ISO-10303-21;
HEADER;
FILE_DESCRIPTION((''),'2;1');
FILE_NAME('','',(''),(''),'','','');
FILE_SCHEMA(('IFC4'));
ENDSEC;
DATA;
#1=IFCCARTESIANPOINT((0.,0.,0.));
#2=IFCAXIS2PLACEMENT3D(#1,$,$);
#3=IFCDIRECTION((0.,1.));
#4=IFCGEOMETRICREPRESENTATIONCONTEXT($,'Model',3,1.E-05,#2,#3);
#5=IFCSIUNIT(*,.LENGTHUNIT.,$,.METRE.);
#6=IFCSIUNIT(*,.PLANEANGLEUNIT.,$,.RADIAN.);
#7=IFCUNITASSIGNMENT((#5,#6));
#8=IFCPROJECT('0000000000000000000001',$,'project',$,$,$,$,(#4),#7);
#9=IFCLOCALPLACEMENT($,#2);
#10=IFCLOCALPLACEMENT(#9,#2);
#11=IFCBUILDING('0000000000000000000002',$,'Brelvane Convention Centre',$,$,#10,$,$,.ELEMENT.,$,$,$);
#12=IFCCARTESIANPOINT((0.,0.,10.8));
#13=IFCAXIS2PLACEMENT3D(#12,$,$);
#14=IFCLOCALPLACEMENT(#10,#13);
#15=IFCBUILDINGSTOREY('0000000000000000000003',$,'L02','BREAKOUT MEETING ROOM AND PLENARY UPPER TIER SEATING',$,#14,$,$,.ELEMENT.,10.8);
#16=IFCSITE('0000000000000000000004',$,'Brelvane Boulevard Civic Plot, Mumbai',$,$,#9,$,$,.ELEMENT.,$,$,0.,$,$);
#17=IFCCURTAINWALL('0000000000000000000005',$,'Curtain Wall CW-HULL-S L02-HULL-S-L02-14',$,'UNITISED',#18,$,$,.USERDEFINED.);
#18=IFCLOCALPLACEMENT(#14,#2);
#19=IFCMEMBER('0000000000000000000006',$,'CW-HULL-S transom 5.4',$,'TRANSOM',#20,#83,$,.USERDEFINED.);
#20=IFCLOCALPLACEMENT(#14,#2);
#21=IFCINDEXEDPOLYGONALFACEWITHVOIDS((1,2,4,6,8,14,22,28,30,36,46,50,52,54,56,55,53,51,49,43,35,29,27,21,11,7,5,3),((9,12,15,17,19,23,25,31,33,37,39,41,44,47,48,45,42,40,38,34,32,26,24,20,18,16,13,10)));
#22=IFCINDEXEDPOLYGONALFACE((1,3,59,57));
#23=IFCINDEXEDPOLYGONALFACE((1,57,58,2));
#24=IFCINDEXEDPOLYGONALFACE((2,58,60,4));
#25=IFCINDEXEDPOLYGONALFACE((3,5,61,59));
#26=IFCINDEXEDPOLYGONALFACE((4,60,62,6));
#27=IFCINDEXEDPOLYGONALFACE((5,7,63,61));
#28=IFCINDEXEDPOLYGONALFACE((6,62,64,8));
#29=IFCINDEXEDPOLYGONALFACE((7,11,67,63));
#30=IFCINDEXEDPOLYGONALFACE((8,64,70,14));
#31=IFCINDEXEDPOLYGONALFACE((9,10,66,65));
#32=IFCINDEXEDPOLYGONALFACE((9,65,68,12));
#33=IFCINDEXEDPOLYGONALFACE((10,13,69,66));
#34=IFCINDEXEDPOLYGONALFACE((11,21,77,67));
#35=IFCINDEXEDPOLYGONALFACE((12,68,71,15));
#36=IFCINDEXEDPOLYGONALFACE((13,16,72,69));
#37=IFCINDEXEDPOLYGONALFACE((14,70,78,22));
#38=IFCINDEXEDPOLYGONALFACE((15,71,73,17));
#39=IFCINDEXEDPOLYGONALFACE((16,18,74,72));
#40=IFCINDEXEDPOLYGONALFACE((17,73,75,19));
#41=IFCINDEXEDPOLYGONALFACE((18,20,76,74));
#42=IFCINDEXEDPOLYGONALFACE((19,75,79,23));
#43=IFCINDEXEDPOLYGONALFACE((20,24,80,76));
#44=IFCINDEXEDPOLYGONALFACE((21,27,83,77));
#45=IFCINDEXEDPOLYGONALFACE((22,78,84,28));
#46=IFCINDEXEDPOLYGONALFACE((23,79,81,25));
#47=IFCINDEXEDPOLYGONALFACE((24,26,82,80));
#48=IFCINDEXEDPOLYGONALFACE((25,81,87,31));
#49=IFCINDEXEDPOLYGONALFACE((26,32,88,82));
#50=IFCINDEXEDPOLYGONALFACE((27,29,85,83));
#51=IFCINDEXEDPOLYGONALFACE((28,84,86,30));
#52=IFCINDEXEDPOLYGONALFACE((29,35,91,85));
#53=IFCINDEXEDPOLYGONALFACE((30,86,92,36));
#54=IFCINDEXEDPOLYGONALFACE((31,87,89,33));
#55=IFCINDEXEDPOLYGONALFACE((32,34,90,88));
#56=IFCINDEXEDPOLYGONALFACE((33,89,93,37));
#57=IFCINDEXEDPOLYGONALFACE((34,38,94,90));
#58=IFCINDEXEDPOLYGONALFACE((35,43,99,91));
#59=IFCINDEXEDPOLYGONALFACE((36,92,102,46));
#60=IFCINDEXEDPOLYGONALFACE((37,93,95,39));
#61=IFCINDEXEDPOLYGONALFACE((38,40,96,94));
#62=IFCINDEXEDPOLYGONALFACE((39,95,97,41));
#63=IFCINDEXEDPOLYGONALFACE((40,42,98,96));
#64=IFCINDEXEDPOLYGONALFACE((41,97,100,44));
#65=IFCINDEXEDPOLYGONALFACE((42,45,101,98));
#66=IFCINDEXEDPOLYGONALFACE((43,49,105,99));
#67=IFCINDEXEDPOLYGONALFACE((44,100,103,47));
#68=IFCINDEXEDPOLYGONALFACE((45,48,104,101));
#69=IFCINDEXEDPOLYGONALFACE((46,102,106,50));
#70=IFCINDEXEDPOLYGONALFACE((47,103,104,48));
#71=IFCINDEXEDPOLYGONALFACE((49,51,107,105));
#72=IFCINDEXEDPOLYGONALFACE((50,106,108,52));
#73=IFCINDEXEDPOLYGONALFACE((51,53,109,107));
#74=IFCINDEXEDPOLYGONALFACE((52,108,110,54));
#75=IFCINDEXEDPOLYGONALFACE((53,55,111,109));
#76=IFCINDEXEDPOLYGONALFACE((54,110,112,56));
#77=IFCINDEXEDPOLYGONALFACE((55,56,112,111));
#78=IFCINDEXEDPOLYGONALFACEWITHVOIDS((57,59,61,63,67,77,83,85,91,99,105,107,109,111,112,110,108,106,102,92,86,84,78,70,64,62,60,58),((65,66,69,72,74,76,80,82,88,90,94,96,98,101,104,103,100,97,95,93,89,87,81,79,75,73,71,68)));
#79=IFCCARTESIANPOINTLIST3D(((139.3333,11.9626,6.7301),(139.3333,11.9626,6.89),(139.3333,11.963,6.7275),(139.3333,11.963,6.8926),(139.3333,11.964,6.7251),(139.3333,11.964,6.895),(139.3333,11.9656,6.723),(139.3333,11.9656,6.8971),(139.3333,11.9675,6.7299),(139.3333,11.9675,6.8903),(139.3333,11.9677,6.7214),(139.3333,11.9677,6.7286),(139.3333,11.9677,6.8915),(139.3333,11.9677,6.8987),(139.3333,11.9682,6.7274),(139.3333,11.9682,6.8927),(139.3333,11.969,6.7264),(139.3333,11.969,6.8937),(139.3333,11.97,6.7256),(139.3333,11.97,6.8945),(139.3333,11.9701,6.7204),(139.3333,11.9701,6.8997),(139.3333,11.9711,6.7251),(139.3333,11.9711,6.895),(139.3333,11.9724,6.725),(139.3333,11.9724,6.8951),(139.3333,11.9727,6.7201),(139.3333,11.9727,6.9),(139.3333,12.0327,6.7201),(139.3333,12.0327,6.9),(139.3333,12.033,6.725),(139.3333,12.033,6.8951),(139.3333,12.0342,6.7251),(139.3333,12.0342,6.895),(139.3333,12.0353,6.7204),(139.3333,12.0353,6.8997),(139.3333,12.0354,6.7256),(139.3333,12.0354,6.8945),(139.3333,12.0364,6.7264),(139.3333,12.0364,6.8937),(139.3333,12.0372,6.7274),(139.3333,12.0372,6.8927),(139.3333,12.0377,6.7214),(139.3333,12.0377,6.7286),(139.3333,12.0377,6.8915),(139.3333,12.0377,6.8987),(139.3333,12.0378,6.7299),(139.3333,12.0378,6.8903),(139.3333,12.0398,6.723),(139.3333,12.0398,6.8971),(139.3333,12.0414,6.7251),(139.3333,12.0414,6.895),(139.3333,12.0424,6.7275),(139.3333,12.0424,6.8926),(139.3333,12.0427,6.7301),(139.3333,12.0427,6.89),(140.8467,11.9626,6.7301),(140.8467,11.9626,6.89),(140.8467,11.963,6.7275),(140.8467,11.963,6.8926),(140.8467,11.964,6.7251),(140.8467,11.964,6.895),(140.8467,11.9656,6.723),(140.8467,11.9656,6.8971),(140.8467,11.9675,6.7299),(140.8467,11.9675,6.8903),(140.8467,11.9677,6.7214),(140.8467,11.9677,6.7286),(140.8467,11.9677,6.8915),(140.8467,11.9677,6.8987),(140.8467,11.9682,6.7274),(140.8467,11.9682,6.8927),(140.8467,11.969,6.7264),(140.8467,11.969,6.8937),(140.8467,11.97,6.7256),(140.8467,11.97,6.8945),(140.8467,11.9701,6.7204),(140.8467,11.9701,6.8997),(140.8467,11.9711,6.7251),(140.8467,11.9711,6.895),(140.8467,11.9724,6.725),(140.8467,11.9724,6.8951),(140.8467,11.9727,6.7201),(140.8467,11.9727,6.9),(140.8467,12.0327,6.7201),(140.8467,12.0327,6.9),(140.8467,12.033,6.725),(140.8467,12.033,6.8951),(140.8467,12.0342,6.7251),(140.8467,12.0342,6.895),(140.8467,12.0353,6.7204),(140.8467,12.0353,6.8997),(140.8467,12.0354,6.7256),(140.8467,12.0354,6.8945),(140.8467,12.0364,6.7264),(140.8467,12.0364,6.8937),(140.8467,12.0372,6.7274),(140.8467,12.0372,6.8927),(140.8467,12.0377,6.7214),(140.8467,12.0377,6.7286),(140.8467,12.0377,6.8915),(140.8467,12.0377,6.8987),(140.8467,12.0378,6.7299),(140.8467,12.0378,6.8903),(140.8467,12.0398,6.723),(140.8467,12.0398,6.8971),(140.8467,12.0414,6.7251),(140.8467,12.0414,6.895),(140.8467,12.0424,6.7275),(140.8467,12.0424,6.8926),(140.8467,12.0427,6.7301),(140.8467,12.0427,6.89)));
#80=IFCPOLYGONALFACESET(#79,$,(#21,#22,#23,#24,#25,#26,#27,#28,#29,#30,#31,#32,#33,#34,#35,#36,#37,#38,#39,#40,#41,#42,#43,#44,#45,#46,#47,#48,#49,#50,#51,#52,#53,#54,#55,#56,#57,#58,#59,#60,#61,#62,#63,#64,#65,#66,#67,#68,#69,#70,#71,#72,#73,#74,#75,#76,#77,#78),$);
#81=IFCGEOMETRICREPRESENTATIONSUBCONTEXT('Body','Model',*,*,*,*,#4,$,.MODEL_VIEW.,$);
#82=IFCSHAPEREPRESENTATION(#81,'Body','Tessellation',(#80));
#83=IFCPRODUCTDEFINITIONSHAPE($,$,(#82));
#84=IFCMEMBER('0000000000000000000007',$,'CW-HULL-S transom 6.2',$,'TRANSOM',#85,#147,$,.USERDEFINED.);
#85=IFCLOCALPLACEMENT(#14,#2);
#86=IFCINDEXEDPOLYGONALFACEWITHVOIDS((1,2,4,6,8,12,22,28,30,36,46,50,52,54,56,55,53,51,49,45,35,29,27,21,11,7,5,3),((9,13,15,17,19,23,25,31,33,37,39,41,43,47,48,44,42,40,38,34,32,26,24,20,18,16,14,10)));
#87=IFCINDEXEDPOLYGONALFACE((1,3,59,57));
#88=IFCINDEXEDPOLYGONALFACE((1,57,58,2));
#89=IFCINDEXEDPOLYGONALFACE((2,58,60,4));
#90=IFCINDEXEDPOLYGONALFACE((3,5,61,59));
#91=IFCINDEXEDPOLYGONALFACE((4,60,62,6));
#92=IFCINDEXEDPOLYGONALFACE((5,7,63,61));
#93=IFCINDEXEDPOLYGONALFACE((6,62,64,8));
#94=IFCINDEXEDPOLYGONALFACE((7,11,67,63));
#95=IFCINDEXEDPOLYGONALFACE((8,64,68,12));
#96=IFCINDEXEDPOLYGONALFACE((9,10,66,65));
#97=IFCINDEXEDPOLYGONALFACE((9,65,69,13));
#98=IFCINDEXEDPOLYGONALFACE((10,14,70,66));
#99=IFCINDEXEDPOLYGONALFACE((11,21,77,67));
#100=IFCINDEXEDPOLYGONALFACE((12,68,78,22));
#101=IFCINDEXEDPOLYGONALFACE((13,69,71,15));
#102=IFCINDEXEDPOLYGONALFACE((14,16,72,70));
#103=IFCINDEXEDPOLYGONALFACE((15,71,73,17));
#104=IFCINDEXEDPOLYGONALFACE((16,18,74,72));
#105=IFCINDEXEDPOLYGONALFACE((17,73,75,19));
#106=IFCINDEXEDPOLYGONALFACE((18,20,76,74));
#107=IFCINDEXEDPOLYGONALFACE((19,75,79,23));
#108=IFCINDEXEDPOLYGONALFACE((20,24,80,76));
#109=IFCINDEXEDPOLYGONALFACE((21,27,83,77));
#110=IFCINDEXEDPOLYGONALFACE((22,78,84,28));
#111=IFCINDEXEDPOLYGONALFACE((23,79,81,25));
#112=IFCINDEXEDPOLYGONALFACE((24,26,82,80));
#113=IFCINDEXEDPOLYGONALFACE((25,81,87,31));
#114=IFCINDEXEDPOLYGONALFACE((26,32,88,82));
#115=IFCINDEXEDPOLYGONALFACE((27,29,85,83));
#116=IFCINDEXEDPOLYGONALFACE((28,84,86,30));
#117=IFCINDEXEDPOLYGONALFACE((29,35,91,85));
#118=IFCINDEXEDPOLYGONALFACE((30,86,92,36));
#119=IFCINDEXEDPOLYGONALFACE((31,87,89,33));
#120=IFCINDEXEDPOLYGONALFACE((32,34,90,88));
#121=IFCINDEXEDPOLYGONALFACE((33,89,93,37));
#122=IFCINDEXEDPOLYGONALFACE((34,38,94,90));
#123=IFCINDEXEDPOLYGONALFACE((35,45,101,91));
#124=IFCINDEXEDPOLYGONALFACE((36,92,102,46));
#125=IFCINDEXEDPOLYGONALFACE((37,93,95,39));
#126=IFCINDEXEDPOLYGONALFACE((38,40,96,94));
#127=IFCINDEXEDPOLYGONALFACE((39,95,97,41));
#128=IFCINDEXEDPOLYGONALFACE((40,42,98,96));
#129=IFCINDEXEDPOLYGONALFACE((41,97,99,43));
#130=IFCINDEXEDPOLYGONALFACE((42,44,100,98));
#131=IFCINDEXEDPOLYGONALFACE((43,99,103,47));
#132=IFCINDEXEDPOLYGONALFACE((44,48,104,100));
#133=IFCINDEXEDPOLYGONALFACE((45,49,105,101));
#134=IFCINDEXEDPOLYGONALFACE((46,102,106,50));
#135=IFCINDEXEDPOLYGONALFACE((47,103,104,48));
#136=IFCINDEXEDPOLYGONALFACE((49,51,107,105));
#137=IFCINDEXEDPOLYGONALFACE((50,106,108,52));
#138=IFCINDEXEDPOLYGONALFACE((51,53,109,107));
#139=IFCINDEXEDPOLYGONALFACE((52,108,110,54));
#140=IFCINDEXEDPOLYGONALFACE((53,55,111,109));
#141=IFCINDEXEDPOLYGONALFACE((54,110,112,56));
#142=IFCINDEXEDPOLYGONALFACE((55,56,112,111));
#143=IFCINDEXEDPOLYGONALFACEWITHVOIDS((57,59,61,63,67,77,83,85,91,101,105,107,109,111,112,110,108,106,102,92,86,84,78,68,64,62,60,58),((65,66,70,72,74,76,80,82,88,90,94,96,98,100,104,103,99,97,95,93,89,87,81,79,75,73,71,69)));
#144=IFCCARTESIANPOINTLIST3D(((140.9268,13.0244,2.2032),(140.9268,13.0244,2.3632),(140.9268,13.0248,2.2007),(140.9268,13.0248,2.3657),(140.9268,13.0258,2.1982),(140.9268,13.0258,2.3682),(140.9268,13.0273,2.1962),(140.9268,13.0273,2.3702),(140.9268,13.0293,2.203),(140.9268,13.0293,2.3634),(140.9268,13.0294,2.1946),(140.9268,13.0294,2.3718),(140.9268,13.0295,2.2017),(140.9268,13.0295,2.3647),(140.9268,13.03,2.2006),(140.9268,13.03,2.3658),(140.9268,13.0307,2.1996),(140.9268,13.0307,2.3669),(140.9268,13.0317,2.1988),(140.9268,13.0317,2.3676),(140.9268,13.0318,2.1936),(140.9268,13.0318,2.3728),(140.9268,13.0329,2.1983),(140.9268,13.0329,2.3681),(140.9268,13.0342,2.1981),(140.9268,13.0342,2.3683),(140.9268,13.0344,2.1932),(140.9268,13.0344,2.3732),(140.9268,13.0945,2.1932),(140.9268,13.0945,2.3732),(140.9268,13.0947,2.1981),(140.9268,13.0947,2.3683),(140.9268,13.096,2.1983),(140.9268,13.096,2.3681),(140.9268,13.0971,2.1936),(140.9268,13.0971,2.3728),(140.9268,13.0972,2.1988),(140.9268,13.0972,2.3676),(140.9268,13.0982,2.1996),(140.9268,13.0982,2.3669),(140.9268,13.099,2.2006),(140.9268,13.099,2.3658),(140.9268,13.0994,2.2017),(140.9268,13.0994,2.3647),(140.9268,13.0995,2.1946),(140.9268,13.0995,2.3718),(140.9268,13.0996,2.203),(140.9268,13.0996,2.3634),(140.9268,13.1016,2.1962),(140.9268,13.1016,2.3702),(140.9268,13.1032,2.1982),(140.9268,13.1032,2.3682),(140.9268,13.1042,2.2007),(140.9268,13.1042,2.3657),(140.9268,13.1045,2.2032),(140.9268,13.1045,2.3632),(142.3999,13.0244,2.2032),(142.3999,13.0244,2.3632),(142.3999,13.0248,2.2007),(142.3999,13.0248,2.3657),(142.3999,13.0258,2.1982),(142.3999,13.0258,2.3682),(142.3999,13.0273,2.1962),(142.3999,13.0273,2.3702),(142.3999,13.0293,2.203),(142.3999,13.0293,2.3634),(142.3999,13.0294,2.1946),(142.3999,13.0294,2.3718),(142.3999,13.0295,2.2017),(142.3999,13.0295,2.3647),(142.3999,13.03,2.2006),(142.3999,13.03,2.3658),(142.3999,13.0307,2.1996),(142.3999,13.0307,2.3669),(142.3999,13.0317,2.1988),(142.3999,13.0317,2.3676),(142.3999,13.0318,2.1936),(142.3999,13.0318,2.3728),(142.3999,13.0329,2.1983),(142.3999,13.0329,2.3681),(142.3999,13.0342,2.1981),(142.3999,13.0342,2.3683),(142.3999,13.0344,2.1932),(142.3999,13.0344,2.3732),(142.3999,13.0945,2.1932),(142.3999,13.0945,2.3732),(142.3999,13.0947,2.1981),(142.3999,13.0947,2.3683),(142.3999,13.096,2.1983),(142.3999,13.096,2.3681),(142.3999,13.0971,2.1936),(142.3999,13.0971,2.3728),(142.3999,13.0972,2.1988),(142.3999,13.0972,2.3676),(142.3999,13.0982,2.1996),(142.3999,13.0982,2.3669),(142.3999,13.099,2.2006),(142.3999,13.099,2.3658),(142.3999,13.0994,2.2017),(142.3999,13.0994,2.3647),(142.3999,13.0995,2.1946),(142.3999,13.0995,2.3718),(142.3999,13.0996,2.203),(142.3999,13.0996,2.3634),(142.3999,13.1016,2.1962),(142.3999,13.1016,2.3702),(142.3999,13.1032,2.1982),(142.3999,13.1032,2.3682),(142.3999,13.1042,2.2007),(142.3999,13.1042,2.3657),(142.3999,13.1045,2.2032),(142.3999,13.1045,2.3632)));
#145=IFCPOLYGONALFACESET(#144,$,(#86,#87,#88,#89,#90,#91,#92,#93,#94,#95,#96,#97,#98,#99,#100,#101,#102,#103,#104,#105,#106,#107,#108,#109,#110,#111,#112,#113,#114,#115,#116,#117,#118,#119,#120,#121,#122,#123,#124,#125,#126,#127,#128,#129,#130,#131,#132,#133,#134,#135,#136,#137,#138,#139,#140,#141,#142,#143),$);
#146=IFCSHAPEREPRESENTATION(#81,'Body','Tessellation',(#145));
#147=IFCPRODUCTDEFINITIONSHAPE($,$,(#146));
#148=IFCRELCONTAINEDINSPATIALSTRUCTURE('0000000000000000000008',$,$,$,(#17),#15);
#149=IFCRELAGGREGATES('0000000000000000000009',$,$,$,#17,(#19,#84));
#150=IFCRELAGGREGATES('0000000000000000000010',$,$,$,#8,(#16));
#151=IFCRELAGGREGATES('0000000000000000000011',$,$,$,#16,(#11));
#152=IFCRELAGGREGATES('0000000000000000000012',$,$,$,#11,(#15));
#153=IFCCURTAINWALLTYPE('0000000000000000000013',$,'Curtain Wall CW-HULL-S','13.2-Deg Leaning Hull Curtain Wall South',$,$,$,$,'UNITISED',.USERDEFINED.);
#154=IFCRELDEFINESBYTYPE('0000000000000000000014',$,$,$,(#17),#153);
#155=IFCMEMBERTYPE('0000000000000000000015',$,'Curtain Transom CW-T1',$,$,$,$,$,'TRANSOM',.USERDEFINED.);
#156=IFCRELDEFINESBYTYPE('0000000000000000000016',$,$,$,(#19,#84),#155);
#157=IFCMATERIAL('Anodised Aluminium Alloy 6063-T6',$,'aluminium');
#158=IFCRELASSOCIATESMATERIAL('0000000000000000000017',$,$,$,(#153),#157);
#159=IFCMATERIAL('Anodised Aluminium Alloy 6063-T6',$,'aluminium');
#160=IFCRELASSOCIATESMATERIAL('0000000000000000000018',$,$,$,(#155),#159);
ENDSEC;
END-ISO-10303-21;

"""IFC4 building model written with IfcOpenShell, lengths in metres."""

from ifc_helpers import new_model, si_unit, direction, frame, origin, origin_2d, place, context, subcontext, project, spatial, hollow_rectangle, extrude, material, material_profile, profile_set, type_object, element, aggregate, save


model = new_model("IFC4")

# Units and contexts
model_context = context("Model", 3, precision=1e-05, world=origin(), true_north=direction((0.0, 1.0)))
body_context = subcontext(model_context, "Body", "Model", "MODEL_VIEW")
ifc_project = project(units=[si_unit("LENGTHUNIT", "METRE"), si_unit("PLANEANGLEUNIT", "RADIAN")], contexts=[model_context])

# Site, building, storey
site_placement = place(None, origin())
site = spatial("IfcSite", under=ifc_project, at=site_placement, Name="Brelvane Boulevard Civic Plot, Mumbai", CompositionType="ELEMENT", RefElevation=0.0)
building_placement = place(site_placement, origin())
building = spatial("IfcBuilding", under=site, at=building_placement, Name="Brelvane Convention Centre", CompositionType="ELEMENT")
storey_placement = place(building_placement, frame((0.0, 0.0, 10.8)))
storey = spatial("IfcBuildingStorey", under=building, at=storey_placement, Name="L02", Description="BREAKOUT MEETING ROOM AND PLENARY UPPER TIER SEATING", CompositionType="ELEMENT", Elevation=10.8)

# Curtain wall, members
ifc_material_1 = material(Name="Anodised Aluminium Alloy 6063-T6", Category="aluminium")
curtain_wall_type = type_object("IfcCurtainWallType", Name="Curtain Wall CW-HULL-S", Description="13.2-Deg Leaning Hull Curtain Wall South", ElementType="UNITISED", PredefinedType="USERDEFINED", material=ifc_material_1)
curtain_wall_1_placement = place(storey_placement, origin())
curtain_wall_1 = element("IfcCurtainWall", 1, at=curtain_wall_1_placement, inside=storey, type_object=curtain_wall_type, Name="Curtain Wall CW-HULL-S L02-HULL-S-L02-14", ObjectType="UNITISED", PredefinedType="USERDEFINED")
ifc_material_2 = material(Name="Anodised Aluminium Alloy 6063-T6", Category="aluminium")
ifc_material_profile = material_profile(ifc_material_2, hollow_rectangle(XDim=0.0801, YDim=0.1799, WallThickness=0.0049, InnerFilletRadius=0.0049, OuterFilletRadius=0.01, at=origin_2d()), Name="ALU-T 180x80x5.0")
ifc_profile_set = profile_set([ifc_material_profile], Name="Anodised Aluminium Alloy 6063-T6")
member_type = type_object("IfcMemberType", Name="Curtain Transom CW-T1", ElementType="TRANSOM", PredefinedType="USERDEFINED", material=ifc_profile_set)
member_1_placement = place(storey_placement, frame((139.3333, 12.0027, 6.8101), z_axis=(1.0, 0.0, 0.0), x_axis=(0.0, 1.0, 0.0)))
member_1 = element("IfcMember", 2, at=member_1_placement, type_object=member_type, Name="CW-HULL-S transom 5.4", ObjectType="TRANSOM", PredefinedType="USERDEFINED", context=body_context, shape_type="SweptSolid", body=[
    extrude(hollow_rectangle(XDim=0.0801, YDim=0.1799, WallThickness=0.0049, InnerFilletRadius=0.0049, OuterFilletRadius=0.01, at=origin_2d()), origin(), (0.0, 0.0, 1.0), 1.5134),
])
member_2_placement = place(storey_placement, frame((140.9268, 13.0645, 2.2832), z_axis=(1.0, 0.0, 0.0), x_axis=(0.0, 1.0, 0.0)))
member_2 = element("IfcMember", 3, at=member_2_placement, type_object=member_type, Name="CW-HULL-S transom 6.2", ObjectType="TRANSOM", PredefinedType="USERDEFINED", context=body_context, shape_type="SweptSolid", body=[
    extrude(hollow_rectangle(XDim=0.0801, YDim=0.1799, WallThickness=0.0049, InnerFilletRadius=0.0049, OuterFilletRadius=0.01, at=origin_2d()), origin(), (0.0, 0.0, 1.0), 1.4731),
])

aggregate(curtain_wall_1, [member_1, member_2])

save(model, "model.ifc")
